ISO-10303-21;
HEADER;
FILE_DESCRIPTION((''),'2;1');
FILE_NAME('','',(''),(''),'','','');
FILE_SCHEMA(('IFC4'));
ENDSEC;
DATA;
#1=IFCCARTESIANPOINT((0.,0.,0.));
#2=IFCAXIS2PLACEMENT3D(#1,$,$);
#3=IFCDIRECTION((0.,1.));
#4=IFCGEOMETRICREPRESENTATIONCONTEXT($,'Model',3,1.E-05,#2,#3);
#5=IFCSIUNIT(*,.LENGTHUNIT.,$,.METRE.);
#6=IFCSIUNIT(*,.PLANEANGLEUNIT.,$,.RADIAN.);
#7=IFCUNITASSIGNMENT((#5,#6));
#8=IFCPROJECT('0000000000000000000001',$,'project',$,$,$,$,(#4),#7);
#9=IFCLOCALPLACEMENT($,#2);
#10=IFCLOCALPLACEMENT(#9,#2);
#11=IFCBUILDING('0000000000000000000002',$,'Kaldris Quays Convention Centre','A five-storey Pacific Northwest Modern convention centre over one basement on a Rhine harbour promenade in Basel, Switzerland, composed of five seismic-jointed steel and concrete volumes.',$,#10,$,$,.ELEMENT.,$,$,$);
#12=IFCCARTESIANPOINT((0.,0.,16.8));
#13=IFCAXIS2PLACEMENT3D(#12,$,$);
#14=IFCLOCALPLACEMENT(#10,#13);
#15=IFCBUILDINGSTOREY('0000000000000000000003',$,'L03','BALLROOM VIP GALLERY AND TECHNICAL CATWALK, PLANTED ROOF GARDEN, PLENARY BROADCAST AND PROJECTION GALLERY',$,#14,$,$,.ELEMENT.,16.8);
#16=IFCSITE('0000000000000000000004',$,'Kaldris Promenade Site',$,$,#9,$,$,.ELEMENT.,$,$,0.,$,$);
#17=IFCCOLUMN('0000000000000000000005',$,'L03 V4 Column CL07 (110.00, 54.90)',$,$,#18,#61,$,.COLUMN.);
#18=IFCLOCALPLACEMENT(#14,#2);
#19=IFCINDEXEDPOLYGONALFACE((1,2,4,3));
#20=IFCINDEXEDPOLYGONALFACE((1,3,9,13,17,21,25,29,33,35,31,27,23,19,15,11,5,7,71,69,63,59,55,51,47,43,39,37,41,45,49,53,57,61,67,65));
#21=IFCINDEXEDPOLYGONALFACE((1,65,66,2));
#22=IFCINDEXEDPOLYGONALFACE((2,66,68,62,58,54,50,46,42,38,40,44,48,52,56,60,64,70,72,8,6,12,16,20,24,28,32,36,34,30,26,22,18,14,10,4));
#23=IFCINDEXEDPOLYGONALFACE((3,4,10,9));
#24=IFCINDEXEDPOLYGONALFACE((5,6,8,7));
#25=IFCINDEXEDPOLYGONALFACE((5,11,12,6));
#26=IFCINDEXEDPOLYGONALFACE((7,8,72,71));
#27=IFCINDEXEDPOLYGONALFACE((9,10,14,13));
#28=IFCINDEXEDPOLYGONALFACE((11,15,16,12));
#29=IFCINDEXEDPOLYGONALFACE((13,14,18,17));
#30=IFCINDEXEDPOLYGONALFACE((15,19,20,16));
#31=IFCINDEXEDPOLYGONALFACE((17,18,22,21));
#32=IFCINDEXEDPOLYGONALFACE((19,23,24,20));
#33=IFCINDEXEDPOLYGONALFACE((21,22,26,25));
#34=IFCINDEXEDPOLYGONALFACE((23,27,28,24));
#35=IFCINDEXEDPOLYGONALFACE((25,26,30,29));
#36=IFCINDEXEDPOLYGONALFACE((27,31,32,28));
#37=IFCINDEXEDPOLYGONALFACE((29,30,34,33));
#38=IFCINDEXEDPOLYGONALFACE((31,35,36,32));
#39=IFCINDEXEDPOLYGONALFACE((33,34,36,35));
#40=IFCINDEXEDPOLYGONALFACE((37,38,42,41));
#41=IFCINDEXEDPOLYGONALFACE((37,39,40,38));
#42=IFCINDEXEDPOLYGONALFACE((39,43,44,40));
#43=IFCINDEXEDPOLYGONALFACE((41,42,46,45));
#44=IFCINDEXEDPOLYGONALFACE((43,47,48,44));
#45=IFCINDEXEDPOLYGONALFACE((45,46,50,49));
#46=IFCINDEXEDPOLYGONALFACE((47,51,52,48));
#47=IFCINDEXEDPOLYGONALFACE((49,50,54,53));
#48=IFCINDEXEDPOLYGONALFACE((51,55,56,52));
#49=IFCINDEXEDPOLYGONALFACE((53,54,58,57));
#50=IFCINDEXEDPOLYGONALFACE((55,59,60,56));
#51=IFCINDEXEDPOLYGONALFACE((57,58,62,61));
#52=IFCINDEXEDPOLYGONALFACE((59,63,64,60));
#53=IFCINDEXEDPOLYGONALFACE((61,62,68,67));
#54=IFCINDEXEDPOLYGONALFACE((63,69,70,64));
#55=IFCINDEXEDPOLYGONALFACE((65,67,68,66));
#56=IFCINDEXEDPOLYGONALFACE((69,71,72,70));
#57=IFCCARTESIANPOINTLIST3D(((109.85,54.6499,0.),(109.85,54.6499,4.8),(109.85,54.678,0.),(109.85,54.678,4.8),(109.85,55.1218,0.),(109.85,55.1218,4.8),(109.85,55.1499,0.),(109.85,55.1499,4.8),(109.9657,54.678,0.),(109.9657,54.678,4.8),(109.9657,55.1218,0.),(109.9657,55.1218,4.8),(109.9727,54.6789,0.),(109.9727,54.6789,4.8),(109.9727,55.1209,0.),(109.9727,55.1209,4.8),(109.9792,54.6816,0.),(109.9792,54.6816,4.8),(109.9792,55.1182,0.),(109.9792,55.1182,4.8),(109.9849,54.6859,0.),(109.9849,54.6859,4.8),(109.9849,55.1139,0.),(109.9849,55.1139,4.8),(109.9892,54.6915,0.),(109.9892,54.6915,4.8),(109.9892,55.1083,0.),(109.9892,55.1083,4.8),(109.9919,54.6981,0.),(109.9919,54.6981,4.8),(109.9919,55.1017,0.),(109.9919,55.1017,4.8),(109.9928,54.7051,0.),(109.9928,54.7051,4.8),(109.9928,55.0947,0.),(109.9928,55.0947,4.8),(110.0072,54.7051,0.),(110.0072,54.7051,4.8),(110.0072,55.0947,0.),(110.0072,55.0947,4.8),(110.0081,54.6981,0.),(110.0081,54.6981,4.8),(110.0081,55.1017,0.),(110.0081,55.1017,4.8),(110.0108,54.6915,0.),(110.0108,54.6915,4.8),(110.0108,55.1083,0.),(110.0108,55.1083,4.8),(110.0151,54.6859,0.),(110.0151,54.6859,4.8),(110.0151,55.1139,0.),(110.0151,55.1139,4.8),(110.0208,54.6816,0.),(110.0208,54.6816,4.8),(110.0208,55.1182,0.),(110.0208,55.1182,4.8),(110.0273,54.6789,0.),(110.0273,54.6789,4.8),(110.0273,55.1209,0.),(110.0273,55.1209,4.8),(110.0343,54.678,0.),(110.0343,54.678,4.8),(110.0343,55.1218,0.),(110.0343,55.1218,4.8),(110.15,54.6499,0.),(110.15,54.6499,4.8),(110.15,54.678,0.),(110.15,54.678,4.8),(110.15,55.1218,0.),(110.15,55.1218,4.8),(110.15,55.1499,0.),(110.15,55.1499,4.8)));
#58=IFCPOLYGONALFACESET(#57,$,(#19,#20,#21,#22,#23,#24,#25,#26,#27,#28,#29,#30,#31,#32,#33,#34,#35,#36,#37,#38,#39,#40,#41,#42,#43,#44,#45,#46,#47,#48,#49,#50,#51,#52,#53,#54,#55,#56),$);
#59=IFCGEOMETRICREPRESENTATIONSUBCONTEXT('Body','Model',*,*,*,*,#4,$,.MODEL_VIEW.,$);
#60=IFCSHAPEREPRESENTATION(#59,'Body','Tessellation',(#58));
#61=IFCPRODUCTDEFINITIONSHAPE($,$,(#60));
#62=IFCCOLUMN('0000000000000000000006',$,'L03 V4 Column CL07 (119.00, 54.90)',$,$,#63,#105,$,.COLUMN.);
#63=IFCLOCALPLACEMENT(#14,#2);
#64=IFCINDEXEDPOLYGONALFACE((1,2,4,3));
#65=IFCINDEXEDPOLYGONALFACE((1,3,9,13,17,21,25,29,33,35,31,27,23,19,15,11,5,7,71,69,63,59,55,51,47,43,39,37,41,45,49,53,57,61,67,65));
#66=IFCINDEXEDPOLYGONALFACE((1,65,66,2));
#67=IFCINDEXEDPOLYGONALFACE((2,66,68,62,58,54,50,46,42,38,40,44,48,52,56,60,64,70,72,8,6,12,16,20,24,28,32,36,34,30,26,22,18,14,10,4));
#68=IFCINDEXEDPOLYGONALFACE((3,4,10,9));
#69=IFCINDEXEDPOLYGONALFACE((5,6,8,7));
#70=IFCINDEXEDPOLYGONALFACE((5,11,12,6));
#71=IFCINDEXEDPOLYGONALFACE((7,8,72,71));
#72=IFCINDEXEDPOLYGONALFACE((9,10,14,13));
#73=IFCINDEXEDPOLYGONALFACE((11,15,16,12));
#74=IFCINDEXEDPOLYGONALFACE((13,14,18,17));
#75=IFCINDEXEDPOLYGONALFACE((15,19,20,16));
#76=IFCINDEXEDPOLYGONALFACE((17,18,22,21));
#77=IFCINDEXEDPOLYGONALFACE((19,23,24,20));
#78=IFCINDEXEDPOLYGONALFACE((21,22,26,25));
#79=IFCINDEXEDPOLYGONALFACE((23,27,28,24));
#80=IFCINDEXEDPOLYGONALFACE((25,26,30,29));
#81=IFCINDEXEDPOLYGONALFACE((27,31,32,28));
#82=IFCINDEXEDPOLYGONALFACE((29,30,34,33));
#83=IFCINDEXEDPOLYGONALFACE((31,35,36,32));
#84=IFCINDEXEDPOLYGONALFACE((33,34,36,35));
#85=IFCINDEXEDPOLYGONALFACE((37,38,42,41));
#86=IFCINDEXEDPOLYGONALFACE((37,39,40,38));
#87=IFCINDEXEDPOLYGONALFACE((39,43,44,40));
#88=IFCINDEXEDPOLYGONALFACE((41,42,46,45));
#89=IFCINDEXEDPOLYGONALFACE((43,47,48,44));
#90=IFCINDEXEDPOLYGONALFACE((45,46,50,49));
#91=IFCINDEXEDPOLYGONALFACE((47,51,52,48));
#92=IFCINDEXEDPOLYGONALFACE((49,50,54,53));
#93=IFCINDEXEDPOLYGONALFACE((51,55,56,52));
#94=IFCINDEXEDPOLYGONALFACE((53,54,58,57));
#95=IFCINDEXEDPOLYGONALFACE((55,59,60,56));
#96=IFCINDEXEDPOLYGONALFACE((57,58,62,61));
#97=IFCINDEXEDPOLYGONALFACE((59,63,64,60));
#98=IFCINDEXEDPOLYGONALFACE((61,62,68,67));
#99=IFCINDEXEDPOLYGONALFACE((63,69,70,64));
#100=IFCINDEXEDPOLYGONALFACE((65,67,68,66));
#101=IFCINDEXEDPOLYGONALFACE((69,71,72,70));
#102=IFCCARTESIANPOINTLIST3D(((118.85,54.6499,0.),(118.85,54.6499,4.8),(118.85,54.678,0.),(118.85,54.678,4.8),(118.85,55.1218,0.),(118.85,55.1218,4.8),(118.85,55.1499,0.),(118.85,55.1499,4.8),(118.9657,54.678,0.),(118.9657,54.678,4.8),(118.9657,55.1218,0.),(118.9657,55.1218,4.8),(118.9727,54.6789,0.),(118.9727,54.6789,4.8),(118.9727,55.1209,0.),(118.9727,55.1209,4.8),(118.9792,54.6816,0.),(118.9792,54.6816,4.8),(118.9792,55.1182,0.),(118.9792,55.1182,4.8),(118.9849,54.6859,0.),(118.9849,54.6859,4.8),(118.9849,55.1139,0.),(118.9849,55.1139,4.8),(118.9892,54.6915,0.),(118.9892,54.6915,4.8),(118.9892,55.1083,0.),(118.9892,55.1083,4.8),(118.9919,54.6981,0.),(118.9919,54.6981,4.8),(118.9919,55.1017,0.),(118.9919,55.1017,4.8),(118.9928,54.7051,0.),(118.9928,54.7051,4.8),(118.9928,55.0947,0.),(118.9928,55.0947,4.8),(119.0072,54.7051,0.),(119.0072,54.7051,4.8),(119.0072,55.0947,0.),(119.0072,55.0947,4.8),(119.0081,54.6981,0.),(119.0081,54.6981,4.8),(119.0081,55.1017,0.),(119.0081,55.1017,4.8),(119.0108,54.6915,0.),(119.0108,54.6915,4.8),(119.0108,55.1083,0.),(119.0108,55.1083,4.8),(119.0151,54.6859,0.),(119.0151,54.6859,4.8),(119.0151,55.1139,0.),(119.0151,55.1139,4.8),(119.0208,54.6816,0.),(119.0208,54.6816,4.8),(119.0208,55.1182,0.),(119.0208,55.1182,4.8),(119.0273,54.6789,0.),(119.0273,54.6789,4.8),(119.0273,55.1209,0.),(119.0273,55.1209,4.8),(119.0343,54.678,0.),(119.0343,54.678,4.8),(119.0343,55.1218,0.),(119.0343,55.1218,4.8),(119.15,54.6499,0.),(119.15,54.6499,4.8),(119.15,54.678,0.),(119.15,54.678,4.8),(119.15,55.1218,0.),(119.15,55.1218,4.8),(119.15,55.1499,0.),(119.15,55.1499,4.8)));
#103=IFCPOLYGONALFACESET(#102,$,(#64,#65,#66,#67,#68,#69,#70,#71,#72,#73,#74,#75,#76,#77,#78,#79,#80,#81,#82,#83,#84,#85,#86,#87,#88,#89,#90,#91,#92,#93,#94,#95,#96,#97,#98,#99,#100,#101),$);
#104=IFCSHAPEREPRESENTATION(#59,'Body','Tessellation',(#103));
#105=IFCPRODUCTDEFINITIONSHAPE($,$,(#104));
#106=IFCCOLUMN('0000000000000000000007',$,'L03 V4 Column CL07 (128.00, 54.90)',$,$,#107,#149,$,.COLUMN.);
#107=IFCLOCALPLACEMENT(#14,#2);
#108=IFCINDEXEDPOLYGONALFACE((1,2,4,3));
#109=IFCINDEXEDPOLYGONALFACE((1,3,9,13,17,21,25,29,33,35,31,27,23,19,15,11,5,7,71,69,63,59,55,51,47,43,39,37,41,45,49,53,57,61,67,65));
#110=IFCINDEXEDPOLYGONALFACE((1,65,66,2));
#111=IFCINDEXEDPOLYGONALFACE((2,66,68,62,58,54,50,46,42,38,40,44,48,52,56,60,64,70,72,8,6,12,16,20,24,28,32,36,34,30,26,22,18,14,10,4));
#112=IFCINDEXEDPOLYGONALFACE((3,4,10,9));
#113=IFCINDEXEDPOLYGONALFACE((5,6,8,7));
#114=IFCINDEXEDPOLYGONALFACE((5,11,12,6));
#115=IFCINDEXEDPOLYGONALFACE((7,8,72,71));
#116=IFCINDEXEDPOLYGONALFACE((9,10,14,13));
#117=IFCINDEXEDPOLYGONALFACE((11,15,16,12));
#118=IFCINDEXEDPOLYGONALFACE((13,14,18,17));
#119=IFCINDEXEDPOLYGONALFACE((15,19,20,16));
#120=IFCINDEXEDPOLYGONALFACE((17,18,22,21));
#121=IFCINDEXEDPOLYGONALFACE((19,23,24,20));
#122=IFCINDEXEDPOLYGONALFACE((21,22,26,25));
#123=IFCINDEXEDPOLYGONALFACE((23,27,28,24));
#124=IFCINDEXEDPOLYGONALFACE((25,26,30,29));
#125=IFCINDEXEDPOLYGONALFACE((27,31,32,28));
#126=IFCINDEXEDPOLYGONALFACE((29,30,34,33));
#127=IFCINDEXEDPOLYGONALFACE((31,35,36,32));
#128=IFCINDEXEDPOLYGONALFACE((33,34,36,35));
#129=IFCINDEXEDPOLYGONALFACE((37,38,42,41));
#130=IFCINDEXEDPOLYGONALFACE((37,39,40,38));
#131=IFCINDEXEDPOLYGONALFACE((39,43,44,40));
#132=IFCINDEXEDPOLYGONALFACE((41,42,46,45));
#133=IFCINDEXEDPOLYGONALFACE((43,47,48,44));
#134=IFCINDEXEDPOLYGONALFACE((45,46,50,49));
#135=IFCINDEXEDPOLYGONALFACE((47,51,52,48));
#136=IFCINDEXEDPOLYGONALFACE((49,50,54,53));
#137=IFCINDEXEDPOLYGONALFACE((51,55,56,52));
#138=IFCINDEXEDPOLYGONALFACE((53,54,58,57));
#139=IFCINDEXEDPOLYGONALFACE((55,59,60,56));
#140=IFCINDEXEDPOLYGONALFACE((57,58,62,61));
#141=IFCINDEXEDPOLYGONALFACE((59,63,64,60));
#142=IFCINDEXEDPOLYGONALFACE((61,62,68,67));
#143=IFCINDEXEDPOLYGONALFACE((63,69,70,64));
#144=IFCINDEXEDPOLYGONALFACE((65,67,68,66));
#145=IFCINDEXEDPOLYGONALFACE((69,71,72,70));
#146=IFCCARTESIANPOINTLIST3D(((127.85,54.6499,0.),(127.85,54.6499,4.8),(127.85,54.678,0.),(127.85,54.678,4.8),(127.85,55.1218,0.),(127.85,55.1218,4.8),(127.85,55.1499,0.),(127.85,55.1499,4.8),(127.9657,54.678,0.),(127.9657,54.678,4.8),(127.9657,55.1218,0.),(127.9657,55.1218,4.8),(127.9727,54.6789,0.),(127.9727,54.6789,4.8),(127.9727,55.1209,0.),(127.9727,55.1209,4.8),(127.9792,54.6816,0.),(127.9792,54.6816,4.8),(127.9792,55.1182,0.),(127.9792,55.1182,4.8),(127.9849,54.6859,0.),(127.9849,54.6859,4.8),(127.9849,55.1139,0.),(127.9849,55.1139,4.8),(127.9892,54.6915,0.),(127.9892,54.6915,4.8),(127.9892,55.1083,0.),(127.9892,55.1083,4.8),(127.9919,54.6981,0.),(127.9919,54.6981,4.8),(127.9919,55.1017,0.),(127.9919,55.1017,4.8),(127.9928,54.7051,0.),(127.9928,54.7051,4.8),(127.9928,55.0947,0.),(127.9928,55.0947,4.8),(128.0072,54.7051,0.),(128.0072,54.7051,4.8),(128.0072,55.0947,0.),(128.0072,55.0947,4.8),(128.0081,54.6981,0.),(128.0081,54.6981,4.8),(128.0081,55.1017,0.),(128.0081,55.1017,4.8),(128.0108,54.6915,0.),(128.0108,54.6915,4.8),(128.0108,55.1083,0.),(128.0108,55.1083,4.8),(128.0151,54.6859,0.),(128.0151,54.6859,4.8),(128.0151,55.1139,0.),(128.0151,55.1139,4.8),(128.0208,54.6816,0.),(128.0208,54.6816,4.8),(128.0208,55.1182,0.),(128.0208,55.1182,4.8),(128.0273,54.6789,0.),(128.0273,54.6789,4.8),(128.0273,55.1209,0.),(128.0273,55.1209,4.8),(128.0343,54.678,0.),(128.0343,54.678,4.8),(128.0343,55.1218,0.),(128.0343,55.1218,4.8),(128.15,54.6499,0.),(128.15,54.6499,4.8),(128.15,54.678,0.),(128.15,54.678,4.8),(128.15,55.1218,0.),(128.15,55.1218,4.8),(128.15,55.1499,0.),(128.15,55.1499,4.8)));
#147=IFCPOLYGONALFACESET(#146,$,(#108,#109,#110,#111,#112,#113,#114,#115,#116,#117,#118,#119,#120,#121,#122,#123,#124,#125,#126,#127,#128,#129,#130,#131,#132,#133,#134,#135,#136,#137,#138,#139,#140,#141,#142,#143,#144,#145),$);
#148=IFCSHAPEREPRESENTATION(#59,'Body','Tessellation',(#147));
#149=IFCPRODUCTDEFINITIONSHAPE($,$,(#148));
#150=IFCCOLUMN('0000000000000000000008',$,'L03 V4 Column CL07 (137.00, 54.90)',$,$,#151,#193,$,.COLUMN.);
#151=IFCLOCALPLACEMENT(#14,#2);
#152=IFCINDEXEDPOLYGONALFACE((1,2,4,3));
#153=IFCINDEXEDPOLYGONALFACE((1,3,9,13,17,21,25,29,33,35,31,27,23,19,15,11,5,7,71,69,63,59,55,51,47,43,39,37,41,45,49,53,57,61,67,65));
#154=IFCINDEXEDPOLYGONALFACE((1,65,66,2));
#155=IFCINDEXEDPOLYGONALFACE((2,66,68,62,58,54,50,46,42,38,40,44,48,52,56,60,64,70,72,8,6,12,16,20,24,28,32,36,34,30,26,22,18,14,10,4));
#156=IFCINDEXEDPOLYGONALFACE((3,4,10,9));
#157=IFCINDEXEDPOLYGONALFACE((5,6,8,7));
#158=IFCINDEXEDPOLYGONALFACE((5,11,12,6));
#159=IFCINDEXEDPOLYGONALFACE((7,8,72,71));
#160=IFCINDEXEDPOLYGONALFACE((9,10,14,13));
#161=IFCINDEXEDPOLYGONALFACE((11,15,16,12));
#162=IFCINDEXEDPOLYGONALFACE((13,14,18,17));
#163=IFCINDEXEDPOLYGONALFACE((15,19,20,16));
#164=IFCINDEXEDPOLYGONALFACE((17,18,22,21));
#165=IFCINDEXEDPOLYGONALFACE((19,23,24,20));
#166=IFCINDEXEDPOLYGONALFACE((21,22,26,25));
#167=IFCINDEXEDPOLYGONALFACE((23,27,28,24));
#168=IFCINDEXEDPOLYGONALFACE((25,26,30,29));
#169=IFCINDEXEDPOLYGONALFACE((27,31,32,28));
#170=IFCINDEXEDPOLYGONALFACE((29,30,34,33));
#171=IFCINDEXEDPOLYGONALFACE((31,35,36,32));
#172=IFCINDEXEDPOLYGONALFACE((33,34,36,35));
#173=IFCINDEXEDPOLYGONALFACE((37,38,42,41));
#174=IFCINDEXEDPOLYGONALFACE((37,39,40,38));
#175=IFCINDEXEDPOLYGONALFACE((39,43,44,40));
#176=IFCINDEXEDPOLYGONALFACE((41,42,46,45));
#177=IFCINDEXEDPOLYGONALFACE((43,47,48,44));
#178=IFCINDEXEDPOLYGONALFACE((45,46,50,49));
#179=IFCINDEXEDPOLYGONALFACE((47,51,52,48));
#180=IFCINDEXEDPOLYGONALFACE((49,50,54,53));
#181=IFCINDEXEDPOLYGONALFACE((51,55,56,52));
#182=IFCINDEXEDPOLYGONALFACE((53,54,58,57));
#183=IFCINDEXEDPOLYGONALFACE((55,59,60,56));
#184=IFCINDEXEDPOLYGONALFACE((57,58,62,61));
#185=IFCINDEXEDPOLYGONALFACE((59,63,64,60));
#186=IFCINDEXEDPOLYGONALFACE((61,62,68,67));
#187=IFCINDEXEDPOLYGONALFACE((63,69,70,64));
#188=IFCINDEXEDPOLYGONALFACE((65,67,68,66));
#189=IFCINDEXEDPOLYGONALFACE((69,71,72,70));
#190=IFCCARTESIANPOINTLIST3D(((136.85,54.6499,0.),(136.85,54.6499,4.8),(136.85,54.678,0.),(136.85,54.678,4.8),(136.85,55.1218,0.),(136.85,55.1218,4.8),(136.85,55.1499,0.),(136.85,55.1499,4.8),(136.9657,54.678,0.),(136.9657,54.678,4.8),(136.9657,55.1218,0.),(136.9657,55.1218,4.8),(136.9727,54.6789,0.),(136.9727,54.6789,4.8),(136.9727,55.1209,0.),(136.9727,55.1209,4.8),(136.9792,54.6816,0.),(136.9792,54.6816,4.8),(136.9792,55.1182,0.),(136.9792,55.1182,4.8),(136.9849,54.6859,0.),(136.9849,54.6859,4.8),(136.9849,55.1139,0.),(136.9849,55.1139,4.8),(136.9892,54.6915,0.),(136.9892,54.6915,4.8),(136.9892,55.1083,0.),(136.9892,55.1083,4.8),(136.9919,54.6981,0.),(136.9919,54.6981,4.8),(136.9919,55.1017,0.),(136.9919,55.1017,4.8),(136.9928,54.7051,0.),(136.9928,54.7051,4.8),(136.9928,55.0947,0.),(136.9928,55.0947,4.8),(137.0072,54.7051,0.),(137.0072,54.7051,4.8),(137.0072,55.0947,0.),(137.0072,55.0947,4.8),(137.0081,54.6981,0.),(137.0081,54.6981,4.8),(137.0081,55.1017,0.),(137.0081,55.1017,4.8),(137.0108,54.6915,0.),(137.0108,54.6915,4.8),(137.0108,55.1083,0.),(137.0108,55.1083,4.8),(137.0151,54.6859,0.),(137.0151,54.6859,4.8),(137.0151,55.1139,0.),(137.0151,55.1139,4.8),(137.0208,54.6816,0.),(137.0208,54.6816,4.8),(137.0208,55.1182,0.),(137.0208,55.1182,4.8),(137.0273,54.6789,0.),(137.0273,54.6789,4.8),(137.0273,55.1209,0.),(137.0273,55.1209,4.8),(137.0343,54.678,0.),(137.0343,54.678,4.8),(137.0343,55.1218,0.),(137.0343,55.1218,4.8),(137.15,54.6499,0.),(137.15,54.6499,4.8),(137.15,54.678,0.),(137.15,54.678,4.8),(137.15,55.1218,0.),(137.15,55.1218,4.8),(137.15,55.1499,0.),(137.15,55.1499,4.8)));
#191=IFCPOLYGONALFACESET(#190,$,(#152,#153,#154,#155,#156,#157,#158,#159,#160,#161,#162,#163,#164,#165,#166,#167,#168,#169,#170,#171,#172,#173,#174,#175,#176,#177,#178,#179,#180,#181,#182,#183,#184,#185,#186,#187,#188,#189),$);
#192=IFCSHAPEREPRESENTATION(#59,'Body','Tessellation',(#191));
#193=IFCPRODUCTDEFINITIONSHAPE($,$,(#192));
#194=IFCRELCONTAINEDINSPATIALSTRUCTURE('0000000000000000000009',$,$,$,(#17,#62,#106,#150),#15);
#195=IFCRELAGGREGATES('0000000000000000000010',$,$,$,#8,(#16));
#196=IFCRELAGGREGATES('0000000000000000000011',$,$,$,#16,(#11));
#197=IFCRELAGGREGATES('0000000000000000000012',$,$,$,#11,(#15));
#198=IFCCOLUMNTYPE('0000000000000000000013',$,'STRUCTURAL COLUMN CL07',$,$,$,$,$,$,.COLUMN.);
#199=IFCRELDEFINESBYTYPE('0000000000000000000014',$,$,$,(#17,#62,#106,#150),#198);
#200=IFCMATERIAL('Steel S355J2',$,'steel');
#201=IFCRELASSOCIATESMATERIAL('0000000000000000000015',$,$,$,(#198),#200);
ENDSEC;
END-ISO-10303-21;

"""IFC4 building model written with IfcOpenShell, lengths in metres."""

from ifc_helpers import new_model, si_unit, direction, frame, origin, origin_2d, place, context, subcontext, project, spatial, i_section, extrude, material, material_profile, profile_set, type_object, element, save


model = new_model("IFC4")

# Units and contexts
model_context = context("Model", 3, precision=1e-05, world=origin(), true_north=direction((0.0, 1.0)))
body_context = subcontext(model_context, "Body", "Model", "MODEL_VIEW")
ifc_project = project(units=[si_unit("LENGTHUNIT", "METRE"), si_unit("PLANEANGLEUNIT", "RADIAN")], contexts=[model_context])

# Site, building, storey
site_placement = place(None, origin())
site = spatial("IfcSite", under=ifc_project, at=site_placement, Name="Kaldris Promenade Site", CompositionType="ELEMENT", RefElevation=0.0)
building_placement = place(site_placement, origin())
building = spatial("IfcBuilding", under=site, at=building_placement, Name="Kaldris Quays Convention Centre", Description="A five-storey Pacific Northwest Modern convention centre over one basement on a Rhine harbour promenade in Basel, Switzerland, composed of five seismic-jointed steel and concrete volumes.", CompositionType="ELEMENT")
storey_placement = place(building_placement, frame((0.0, 0.0, 16.8)))
storey = spatial("IfcBuildingStorey", under=building, at=storey_placement, Name="L03", Description="BALLROOM VIP GALLERY AND TECHNICAL CATWALK, PLANTED ROOF GARDEN, PLENARY BROADCAST AND PROJECTION GALLERY", CompositionType="ELEMENT", Elevation=16.8)

# Columns
ifc_material_1 = material(Name="Steel S355J2", Category="steel")
ifc_material_profile_1 = material_profile(ifc_material_1, i_section(OverallWidth=0.3, OverallDepth=0.5, WebThickness=0.0144, FlangeThickness=0.0281, FilletRadius=0.0271, at=origin_2d()), Name="HEB 500")
ifc_profile_set_1 = profile_set([ifc_material_profile_1], Name="Steel S355J2")
column_type_1 = type_object("IfcColumnType", Name="STRUCTURAL COLUMN CL07", PredefinedType="COLUMN", material=ifc_profile_set_1)
for number, where, z_axis, x_axis, name in (
    (1, (110.0, 54.8999, 0.0), (0.0, 0.0, 1.0), (1.0, 0.0, 0.0), "L03 V4 Column CL07 (110.00, 54.90)"),
    (2, (119.0, 54.8999, 0.0), (0.0, 0.0, 1.0), (1.0, 0.0, 0.0), "L03 V4 Column CL07 (119.00, 54.90)"),
    (3, (128.0, 54.8999, 0.0), (0.0, 0.0, 1.0), (1.0, 0.0, 0.0), "L03 V4 Column CL07 (128.00, 54.90)"),
    (4, (137.0, 54.8999, 0.0), (0.0, 0.0, 1.0), (1.0, 0.0, 0.0), "L03 V4 Column CL07 (137.00, 54.90)"),
):
    element("IfcColumn", number, at=place(storey_placement, frame(where, z_axis=z_axis, x_axis=x_axis)), inside=storey, type_object=column_type_1, Name=name, PredefinedType="COLUMN", context=body_context, shape_type="SweptSolid", body=[
        extrude(i_section(OverallWidth=0.3, OverallDepth=0.5, WebThickness=0.0144, FlangeThickness=0.0281, FilletRadius=0.0271, at=origin_2d()), origin(), (0.0, 0.0, 1.0), 4.8),
    ])

save(model, "model.ifc")
